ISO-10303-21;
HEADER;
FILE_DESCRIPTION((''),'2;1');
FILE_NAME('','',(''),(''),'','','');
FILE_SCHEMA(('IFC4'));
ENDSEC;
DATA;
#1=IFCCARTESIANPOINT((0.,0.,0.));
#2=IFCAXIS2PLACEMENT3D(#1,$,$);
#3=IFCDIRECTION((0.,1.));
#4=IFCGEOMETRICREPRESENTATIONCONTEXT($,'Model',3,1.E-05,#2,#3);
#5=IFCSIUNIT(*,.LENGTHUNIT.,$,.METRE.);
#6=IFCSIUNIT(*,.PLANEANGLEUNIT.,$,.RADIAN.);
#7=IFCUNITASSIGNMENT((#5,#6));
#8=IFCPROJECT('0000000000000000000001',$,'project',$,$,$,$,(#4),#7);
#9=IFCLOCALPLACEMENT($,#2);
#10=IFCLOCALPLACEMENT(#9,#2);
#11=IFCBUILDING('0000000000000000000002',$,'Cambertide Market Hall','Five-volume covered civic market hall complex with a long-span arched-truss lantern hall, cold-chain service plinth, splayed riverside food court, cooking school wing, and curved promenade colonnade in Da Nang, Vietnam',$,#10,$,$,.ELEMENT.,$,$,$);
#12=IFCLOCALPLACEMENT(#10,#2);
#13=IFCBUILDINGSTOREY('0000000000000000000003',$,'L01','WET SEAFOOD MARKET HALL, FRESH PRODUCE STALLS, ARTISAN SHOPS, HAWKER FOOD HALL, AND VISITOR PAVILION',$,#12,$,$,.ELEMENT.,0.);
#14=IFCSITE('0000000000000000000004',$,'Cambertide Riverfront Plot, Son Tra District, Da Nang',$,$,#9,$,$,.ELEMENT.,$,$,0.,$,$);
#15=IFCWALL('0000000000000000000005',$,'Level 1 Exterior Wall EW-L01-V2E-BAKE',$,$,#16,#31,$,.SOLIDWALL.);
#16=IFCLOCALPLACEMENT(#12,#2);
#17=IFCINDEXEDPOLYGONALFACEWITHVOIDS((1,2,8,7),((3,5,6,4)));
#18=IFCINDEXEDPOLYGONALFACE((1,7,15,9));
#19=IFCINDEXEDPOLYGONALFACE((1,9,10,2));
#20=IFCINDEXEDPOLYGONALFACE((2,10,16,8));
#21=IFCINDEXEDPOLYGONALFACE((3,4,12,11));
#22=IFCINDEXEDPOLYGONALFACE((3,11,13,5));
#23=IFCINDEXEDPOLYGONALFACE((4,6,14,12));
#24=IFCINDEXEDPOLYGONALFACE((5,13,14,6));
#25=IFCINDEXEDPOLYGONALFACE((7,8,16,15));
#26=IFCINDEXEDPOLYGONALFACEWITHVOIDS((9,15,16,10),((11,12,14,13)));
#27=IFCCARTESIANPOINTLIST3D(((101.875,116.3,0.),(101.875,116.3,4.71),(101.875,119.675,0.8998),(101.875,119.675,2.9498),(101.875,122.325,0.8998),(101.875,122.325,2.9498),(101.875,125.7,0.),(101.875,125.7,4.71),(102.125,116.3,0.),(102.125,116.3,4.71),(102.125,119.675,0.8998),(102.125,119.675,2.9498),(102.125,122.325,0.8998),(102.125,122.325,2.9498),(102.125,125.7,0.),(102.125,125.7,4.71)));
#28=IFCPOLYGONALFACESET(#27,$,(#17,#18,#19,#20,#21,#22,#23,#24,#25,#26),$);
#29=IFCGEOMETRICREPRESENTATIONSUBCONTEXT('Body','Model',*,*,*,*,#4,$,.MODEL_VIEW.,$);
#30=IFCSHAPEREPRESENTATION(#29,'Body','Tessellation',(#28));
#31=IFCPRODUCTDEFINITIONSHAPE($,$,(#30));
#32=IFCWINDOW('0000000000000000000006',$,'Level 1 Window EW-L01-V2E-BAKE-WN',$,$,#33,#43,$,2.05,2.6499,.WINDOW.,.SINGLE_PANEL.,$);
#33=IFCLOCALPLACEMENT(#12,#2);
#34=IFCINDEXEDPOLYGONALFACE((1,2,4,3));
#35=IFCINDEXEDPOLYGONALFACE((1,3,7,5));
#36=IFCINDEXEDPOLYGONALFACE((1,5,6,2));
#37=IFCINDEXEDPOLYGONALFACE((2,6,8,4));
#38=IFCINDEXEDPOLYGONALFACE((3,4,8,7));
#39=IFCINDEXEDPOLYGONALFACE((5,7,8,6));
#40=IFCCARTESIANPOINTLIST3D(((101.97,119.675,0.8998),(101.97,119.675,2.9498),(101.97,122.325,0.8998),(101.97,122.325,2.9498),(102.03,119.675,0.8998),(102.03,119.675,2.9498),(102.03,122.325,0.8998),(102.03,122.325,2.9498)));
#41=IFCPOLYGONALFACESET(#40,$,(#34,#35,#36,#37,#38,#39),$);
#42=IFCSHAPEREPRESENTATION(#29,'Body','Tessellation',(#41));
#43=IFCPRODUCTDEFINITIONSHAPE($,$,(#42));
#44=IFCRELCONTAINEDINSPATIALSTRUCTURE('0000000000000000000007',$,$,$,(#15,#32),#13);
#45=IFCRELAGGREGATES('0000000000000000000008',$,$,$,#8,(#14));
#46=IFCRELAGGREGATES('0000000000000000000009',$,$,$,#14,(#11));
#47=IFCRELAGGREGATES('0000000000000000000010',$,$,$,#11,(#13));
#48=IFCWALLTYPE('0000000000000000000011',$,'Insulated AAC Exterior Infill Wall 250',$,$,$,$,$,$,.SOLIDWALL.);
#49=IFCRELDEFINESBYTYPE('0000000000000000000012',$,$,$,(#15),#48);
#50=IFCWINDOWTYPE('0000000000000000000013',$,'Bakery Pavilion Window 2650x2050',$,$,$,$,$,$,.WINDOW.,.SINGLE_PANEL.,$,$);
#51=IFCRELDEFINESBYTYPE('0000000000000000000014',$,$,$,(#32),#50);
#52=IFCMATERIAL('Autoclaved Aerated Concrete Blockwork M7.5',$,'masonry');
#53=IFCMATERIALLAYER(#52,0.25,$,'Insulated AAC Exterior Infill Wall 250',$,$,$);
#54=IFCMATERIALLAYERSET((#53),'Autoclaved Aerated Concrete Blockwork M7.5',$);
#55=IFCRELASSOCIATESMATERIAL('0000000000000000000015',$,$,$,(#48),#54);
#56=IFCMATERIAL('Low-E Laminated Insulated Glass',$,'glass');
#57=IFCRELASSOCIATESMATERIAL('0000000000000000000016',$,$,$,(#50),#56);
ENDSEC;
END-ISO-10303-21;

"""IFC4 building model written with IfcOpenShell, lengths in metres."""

from ifc_helpers import new_model, si_unit, direction, frame, frame_2d, origin, place, context, subcontext, project, spatial, rectangle, extrude, material, layer, layer_set, type_object, element, fill, save


model = new_model("IFC4")

# Units and contexts
model_context = context("Model", 3, precision=1e-05, world=origin(), true_north=direction((0.0, 1.0)))
body_context = subcontext(model_context, "Body", "Model", "MODEL_VIEW")
ifc_project = project(units=[si_unit("LENGTHUNIT", "METRE"), si_unit("PLANEANGLEUNIT", "RADIAN")], contexts=[model_context])

# Site, building, storey
site_placement = place(None, origin())
site = spatial("IfcSite", under=ifc_project, at=site_placement, Name="Cambertide Riverfront Plot, Son Tra District, Da Nang", CompositionType="ELEMENT", RefElevation=0.0)
building_placement = place(site_placement, origin())
building = spatial("IfcBuilding", under=site, at=building_placement, Name="Cambertide Market Hall", Description="Five-volume covered civic market hall complex with a long-span arched-truss lantern hall, cold-chain service plinth, splayed riverside food court, cooking school wing, and curved promenade colonnade in Da Nang, Vietnam", CompositionType="ELEMENT")
storey_placement = place(building_placement, origin())
storey = spatial("IfcBuildingStorey", under=building, at=storey_placement, Name="L01", Description="WET SEAFOOD MARKET HALL, FRESH PRODUCE STALLS, ARTISAN SHOPS, HAWKER FOOD HALL, AND VISITOR PAVILION", CompositionType="ELEMENT", Elevation=0.0)

# Shared definitions
ifc_material_1 = material(Name="Autoclaved Aerated Concrete Blockwork M7.5", Category="masonry")
ifc_layer = layer(ifc_material_1, 0.25, Name="Insulated AAC Exterior Infill Wall 250")
ifc_layer_set = layer_set([ifc_layer], Name="Autoclaved Aerated Concrete Blockwork M7.5")
wall_type = type_object("IfcWallType", Name="Insulated AAC Exterior Infill Wall 250", PredefinedType="SOLIDWALL", material=ifc_layer_set)

# Wall, opening, window
wall_1_placement = place(storey_placement, frame((102.0, 125.7, 0.0), z_axis=(0.0, 0.0, 1.0), x_axis=(0.0, -1.0, 0.0)))
wall_1 = element("IfcWall", 1, at=wall_1_placement, inside=storey, type_object=wall_type, Name="Level 1 Exterior Wall EW-L01-V2E-BAKE", PredefinedType="SOLIDWALL", context=body_context, shape_type="SweptSolid", body=[
    extrude(rectangle(XDim=9.3999, YDim=0.25, at=frame_2d((4.7, 0.0))), origin(), (0.0, 0.0, 1.0), 4.71),
])
opening_1_placement = place(wall_1_placement, frame((3.375, 0.0, 0.8999)))
opening_1 = element("IfcOpeningElement", 2, at=opening_1_placement, cuts=wall_1, PredefinedType="OPENING", context=body_context, shape_type="SweptSolid", body=[
    extrude(rectangle(XDim=2.6499, YDim=2.05, at=frame_2d((1.325, 1.0249))), frame((0.0, 0.135, 0.0), z_axis=(0.0, -1.0, 0.0), x_axis=(1.0, 0.0, 0.0)), (0.0, 0.0, 1.0), 0.27),
])
ifc_material_2 = material(Name="Low-E Laminated Insulated Glass", Category="glass")
window_type_1 = type_object("IfcWindowType", Name="Bakery Pavilion Window 2650x2050", PartitioningType="SINGLE_PANEL", PredefinedType="WINDOW", material=ifc_material_2)
window_1_placement = place(opening_1_placement, origin())
window_1 = element("IfcWindow", 3, at=window_1_placement, inside=storey, type_object=window_type_1, Name="Level 1 Window EW-L01-V2E-BAKE-WN", OverallHeight=2.05, OverallWidth=2.6499, PartitioningType="SINGLE_PANEL", PredefinedType="WINDOW", context=body_context, shape_type="SweptSolid", body=[
    extrude(rectangle(XDim=2.6499, YDim=2.05, at=frame_2d((1.325, 1.0249))), frame((0.0, 0.03, 0.0), z_axis=(0.0, -1.0, 0.0), x_axis=(1.0, 0.0, 0.0)), (0.0, 0.0, 1.0), 0.0601),
])
fill(opening_1, window_1)

save(model, "model.ifc")
